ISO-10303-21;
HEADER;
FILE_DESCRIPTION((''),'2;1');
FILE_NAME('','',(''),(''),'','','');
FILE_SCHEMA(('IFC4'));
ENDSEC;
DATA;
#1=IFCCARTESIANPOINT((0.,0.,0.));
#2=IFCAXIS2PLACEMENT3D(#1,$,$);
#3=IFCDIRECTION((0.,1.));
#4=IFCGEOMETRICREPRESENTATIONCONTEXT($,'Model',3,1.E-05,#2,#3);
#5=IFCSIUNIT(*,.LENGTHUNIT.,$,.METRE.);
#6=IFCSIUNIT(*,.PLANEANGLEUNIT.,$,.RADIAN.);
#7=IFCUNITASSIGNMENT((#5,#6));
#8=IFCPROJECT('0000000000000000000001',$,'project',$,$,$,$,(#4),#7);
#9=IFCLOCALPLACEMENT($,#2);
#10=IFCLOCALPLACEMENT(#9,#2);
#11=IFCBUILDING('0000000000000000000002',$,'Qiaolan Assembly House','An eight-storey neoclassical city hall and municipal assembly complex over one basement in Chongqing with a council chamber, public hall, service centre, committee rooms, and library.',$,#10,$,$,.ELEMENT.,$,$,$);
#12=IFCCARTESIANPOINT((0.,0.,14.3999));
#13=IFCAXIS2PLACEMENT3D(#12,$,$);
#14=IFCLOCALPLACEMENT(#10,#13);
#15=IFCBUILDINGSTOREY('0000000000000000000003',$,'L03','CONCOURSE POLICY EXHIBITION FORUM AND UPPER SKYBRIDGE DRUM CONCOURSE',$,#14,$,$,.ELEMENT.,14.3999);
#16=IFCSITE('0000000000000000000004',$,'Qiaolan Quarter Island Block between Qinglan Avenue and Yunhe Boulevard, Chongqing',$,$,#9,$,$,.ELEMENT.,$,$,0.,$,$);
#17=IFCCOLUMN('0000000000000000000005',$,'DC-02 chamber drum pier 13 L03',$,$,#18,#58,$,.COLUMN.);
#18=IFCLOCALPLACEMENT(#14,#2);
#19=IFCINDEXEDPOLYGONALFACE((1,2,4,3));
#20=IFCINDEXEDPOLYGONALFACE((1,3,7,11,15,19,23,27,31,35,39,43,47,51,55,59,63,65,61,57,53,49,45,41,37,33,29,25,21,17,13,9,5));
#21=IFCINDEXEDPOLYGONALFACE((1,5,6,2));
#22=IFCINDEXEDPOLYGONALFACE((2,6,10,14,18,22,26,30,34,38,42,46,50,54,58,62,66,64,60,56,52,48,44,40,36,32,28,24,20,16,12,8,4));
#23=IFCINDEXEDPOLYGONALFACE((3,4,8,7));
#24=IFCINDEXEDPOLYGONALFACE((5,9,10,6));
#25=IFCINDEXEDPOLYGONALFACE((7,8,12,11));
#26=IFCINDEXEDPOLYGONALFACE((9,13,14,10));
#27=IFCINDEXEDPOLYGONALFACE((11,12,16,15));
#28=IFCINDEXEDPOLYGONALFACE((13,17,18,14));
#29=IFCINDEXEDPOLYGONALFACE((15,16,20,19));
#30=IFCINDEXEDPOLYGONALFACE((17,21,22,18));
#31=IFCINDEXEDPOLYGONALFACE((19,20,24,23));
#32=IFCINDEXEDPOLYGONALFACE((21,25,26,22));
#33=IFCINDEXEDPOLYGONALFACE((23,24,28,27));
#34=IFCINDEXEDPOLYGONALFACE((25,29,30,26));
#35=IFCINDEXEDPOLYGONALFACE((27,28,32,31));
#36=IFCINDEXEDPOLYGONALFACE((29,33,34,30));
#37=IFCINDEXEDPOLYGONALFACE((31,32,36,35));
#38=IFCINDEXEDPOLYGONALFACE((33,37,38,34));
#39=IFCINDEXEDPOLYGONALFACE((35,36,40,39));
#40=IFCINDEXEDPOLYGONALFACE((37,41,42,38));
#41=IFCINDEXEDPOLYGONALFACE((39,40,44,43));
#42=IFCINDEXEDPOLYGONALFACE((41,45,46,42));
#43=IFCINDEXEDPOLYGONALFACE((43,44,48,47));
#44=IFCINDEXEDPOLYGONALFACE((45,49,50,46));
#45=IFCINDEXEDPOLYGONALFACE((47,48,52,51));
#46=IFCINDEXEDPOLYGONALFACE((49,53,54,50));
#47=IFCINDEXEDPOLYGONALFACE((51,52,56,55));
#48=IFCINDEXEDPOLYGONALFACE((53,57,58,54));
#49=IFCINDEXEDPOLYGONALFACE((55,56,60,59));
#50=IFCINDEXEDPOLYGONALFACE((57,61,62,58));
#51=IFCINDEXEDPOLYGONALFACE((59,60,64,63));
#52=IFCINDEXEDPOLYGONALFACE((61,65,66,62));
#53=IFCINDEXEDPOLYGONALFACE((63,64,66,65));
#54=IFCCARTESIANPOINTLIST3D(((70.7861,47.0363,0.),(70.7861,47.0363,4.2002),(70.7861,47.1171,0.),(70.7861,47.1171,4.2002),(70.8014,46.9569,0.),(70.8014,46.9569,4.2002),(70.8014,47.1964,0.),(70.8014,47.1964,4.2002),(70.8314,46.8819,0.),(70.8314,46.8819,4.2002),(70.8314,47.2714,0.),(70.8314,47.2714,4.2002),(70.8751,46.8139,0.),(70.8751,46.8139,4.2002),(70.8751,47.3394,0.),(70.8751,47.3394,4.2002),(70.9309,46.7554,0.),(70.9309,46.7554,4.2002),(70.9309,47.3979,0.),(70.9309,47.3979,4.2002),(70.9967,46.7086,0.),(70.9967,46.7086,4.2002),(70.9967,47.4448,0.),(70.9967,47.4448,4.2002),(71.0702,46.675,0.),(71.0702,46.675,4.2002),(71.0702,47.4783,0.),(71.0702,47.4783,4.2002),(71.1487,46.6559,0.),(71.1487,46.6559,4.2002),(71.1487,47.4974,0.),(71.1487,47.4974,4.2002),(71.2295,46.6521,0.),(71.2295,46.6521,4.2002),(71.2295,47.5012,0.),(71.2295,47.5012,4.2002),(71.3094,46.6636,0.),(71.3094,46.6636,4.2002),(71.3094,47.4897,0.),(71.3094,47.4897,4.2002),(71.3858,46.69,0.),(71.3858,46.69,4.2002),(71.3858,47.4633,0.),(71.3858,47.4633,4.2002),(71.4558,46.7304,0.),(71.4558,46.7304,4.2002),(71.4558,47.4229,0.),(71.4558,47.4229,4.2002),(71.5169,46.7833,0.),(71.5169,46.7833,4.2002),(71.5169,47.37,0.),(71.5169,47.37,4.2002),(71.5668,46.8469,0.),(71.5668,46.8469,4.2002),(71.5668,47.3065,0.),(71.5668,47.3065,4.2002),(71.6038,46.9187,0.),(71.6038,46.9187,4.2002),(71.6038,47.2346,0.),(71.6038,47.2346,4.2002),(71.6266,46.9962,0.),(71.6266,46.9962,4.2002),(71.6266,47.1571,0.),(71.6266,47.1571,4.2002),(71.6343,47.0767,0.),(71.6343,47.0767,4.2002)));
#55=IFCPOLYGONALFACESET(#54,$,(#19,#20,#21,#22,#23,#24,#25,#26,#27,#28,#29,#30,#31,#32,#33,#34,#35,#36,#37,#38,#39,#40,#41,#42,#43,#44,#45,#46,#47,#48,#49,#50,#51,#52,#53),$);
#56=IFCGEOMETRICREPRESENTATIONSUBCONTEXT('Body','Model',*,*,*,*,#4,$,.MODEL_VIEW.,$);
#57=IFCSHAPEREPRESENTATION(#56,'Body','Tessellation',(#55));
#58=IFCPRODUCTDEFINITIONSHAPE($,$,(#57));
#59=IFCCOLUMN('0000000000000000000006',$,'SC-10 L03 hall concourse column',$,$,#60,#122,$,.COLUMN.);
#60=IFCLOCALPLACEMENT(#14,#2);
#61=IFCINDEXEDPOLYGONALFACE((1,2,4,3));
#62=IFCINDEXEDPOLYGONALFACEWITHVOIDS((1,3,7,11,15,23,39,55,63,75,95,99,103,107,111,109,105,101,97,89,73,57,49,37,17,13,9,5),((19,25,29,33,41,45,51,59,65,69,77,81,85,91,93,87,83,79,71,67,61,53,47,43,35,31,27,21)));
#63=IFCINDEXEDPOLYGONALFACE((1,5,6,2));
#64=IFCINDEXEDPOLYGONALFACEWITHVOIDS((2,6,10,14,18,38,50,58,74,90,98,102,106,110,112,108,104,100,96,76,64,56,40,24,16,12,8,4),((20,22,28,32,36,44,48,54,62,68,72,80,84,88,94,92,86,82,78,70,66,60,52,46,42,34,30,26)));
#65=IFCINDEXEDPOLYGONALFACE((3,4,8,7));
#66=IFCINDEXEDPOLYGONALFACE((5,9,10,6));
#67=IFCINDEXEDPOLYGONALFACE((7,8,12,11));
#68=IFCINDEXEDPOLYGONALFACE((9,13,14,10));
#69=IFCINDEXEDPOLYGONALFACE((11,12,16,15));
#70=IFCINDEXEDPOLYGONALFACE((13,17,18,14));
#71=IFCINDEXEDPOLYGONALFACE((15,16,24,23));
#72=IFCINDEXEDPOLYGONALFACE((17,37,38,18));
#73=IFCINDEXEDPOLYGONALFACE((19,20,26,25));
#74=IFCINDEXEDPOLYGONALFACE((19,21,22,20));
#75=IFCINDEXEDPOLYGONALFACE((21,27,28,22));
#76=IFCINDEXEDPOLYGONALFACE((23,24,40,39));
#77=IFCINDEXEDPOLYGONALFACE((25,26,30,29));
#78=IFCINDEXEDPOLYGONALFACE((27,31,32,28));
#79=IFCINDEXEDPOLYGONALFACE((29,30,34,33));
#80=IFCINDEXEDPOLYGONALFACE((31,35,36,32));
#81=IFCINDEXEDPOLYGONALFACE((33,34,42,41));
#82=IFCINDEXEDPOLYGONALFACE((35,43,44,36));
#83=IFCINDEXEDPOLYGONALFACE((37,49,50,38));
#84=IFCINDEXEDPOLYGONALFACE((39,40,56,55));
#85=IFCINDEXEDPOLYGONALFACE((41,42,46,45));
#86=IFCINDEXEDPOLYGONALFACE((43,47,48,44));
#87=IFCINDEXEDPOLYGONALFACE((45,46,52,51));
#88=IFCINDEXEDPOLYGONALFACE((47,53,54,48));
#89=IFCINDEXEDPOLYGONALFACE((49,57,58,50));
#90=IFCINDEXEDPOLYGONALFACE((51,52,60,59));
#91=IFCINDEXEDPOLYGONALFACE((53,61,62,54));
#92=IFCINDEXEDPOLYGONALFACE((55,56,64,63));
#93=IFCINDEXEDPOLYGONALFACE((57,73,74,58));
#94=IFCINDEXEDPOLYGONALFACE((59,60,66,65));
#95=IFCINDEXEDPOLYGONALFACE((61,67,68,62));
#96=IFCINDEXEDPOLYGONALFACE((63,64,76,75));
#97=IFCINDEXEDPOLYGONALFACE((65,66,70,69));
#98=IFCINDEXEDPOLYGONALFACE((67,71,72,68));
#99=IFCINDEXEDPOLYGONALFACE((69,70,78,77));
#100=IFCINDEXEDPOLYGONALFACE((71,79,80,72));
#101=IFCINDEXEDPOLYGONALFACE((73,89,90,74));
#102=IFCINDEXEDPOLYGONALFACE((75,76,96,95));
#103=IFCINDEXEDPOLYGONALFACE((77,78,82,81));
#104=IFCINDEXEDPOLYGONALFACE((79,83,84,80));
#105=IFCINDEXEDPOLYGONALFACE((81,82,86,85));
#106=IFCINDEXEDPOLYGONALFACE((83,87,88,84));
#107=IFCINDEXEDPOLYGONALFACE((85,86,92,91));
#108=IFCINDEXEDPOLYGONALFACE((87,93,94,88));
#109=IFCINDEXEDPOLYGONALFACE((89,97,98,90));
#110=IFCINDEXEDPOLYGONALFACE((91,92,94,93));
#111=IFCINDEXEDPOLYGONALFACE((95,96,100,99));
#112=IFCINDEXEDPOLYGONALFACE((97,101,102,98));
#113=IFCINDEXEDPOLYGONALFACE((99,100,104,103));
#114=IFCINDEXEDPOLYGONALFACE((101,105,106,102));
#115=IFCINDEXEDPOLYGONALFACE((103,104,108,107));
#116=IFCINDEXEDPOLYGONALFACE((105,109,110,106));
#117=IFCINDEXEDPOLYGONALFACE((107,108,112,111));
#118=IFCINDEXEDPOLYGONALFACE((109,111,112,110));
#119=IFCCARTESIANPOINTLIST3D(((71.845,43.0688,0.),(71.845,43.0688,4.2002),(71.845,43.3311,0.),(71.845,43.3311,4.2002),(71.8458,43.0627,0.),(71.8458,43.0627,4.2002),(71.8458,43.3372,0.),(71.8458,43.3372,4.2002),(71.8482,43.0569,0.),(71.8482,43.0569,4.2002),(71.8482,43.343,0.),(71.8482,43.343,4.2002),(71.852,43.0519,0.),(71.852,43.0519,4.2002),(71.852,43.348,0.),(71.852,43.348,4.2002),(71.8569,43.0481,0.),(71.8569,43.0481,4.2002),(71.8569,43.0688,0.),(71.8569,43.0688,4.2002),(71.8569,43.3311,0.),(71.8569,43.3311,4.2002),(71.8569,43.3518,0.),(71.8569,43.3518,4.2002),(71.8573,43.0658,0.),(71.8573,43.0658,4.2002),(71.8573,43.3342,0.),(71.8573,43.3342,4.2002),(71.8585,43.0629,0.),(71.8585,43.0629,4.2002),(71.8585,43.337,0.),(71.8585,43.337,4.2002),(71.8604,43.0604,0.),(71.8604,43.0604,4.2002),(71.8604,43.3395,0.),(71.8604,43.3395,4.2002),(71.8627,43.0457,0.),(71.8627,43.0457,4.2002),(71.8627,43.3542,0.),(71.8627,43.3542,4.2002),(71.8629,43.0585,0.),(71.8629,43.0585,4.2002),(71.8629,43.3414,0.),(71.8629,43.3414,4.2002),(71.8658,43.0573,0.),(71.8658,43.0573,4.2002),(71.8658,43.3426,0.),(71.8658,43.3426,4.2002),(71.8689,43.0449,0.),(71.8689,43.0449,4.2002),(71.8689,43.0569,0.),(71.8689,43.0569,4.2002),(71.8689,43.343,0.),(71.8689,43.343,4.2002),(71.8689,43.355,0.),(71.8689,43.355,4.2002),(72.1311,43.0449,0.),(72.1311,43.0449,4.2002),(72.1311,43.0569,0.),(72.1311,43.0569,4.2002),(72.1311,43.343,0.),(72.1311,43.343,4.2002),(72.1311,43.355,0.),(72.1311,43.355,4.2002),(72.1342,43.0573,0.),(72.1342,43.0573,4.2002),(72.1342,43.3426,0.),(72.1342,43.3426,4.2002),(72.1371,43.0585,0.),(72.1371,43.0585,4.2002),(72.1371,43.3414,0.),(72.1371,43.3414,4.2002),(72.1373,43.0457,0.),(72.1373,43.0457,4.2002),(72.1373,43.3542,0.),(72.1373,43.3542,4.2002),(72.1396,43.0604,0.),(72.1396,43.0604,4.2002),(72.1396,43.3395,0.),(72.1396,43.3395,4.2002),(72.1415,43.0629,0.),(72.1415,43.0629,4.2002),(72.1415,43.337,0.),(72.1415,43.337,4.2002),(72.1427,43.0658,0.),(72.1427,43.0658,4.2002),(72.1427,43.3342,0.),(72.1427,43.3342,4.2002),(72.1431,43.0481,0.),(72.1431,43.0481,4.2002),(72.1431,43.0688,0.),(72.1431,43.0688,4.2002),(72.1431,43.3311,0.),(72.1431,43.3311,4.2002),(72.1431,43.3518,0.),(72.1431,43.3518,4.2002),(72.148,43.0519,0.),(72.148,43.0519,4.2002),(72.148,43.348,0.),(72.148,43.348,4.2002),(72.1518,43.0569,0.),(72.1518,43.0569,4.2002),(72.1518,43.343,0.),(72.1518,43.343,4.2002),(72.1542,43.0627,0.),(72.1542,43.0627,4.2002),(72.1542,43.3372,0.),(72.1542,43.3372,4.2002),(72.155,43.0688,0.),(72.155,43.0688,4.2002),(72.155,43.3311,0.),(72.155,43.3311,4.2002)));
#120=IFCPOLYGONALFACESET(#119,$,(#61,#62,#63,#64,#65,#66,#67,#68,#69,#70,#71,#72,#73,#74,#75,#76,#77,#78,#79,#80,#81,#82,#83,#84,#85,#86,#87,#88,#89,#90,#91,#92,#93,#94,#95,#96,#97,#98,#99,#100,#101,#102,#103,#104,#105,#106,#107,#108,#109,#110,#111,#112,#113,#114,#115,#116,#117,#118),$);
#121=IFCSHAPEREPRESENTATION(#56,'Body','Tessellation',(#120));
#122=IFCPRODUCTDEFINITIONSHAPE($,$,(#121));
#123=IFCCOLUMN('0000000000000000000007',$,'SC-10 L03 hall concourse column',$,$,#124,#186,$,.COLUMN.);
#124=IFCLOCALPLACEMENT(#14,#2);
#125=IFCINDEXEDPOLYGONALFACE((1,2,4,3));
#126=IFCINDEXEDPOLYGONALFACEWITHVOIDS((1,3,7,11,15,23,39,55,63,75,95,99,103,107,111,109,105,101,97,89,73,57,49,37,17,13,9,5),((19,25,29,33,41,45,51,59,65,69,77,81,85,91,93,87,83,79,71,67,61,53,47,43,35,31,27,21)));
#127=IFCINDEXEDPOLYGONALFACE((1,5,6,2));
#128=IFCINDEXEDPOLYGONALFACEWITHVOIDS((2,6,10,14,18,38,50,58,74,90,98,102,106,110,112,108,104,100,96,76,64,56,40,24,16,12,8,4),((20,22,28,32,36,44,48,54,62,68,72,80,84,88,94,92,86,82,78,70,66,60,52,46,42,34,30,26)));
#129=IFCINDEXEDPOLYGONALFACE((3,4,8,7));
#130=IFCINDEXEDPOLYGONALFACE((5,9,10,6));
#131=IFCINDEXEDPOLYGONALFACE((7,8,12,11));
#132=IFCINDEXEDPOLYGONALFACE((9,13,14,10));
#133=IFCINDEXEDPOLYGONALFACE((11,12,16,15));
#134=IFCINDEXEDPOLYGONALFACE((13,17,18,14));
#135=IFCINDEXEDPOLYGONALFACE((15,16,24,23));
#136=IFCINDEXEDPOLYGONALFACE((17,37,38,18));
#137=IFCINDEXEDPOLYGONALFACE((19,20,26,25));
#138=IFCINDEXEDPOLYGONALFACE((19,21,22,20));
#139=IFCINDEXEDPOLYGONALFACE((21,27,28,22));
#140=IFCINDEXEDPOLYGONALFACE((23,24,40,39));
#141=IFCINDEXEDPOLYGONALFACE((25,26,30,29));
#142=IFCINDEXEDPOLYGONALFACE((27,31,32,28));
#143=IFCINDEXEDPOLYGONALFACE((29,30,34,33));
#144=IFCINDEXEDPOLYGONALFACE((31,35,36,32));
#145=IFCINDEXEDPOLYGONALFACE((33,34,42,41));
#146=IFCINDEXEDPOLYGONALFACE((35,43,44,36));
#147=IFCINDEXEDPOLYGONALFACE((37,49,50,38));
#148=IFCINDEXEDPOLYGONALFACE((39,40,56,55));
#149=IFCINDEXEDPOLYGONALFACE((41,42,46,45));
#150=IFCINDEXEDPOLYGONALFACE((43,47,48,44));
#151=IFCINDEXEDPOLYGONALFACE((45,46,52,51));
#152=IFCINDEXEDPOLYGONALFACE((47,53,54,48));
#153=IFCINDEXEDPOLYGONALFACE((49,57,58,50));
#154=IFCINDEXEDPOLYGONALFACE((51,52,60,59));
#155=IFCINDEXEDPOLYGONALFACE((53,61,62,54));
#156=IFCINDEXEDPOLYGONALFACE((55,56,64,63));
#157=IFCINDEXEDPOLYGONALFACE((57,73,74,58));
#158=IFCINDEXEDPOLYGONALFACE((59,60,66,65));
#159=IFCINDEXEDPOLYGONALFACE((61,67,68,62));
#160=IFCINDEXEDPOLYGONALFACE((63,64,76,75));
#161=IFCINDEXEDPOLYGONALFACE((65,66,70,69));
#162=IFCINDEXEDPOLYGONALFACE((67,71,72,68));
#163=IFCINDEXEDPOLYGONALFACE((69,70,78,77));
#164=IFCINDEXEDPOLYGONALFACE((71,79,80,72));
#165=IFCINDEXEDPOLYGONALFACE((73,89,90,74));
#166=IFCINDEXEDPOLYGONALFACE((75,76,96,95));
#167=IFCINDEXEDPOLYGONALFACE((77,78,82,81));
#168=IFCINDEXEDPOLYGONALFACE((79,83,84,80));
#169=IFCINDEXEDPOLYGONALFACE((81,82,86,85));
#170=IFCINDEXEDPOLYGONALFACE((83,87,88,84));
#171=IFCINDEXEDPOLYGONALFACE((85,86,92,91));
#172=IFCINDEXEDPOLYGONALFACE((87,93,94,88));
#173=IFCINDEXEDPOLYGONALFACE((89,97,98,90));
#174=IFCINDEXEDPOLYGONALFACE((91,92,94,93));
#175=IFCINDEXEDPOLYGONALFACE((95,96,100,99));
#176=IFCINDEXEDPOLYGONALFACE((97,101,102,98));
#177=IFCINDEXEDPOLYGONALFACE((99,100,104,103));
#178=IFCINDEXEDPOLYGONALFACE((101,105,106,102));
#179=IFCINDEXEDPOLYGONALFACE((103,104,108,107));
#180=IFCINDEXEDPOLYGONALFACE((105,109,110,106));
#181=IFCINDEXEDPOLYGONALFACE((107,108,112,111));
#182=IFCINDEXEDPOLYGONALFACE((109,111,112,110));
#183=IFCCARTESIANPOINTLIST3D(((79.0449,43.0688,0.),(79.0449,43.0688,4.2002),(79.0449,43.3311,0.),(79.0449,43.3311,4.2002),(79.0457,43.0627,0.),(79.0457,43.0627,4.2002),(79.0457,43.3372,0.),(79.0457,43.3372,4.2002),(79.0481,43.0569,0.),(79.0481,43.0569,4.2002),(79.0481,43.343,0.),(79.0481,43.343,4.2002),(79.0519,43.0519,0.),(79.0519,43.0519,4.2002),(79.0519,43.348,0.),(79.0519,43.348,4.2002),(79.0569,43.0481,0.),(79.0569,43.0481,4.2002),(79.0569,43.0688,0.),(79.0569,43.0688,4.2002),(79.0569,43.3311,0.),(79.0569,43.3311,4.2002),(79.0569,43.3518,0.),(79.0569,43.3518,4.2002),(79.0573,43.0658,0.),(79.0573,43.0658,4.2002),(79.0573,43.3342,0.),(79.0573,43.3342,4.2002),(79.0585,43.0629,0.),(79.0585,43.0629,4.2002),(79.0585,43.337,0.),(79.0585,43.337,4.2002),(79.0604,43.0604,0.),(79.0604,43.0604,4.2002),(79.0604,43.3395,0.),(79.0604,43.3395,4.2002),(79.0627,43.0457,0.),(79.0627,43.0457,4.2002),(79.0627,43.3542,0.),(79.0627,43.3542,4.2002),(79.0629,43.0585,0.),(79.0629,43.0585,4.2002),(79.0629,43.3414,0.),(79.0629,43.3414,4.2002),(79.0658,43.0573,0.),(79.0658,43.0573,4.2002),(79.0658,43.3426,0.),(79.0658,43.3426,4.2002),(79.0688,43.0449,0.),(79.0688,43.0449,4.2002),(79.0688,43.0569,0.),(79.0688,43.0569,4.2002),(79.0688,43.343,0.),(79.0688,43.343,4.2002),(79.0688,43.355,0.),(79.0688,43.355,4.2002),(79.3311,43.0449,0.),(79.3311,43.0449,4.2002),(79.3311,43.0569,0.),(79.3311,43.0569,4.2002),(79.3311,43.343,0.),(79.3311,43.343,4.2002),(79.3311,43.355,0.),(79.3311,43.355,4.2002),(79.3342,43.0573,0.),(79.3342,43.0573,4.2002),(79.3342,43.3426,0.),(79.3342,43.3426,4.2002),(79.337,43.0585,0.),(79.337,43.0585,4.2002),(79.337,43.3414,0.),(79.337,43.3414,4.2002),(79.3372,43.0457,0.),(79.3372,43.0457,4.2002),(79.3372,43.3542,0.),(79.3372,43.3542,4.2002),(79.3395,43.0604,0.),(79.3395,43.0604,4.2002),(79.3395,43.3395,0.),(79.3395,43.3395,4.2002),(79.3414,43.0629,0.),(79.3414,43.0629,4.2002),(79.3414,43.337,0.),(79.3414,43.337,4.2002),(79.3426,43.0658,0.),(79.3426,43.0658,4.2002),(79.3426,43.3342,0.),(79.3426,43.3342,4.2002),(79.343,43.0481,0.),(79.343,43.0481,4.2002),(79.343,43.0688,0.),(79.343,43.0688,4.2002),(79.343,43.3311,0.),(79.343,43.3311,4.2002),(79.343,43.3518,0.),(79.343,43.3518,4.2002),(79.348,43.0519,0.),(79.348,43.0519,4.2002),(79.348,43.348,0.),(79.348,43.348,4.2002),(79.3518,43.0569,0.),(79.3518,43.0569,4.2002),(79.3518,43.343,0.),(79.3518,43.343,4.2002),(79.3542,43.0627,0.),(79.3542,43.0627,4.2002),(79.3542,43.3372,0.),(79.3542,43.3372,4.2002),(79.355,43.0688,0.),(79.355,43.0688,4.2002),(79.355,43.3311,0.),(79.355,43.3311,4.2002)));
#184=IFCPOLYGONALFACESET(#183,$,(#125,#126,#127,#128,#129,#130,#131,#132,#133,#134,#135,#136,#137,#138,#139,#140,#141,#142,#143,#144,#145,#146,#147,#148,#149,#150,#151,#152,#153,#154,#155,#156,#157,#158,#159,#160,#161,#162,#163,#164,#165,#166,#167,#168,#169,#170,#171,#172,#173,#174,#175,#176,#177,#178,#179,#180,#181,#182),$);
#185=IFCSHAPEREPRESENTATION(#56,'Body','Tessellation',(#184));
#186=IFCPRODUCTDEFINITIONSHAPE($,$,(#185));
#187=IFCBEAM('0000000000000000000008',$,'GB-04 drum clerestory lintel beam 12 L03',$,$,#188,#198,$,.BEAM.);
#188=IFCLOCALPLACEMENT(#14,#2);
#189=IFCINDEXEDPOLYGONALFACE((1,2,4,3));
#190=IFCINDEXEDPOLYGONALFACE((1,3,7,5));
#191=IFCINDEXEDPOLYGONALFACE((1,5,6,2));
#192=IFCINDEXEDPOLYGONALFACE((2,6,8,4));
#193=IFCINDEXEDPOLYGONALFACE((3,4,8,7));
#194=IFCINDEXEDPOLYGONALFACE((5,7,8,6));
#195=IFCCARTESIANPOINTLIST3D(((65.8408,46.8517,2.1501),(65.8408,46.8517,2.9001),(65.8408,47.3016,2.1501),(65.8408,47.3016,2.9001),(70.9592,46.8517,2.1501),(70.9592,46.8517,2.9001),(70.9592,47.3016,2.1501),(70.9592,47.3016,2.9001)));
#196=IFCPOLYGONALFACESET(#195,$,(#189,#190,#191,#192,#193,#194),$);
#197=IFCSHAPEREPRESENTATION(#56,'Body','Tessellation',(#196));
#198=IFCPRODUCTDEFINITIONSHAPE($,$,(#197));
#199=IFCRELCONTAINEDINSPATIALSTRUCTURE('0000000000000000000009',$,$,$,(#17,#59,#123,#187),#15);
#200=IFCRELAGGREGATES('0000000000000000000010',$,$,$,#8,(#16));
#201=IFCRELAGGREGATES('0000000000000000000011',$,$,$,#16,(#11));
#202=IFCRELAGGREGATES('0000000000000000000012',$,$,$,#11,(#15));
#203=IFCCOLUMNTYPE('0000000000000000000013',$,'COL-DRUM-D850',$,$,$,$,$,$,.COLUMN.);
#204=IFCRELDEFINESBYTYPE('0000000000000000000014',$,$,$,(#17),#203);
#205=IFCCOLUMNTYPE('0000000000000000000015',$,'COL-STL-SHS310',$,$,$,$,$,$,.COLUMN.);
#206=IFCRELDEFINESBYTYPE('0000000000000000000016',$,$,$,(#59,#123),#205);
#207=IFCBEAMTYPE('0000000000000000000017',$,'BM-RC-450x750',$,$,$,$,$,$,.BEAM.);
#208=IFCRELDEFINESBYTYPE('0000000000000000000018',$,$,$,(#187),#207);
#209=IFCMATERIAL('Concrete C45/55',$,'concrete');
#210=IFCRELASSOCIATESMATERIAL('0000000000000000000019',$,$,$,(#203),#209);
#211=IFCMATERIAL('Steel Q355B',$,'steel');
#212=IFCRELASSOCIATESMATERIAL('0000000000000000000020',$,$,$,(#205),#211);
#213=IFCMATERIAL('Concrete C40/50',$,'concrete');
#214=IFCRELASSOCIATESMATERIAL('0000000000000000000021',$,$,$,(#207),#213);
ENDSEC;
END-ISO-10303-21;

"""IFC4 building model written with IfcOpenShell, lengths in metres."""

from ifc_helpers import new_model, si_unit, direction, frame, origin, origin_2d, place, context, subcontext, project, spatial, rectangle, hollow_rectangle, circle, extrude, material, material_profile, profile_set, type_object, element, save


model = new_model("IFC4")

# Units and contexts
model_context = context("Model", 3, precision=1e-05, world=origin(), true_north=direction((0.0, 1.0)))
body_context = subcontext(model_context, "Body", "Model", "MODEL_VIEW")
ifc_project = project(units=[si_unit("LENGTHUNIT", "METRE"), si_unit("PLANEANGLEUNIT", "RADIAN")], contexts=[model_context])

# Site, building, storey
site_placement = place(None, origin())
site = spatial("IfcSite", under=ifc_project, at=site_placement, Name="Qiaolan Quarter Island Block between Qinglan Avenue and Yunhe Boulevard, Chongqing", CompositionType="ELEMENT", RefElevation=0.0)
building_placement = place(site_placement, origin())
building = spatial("IfcBuilding", under=site, at=building_placement, Name="Qiaolan Assembly House", Description="An eight-storey neoclassical city hall and municipal assembly complex over one basement in Chongqing with a council chamber, public hall, service centre, committee rooms, and library.", CompositionType="ELEMENT")
storey_placement = place(building_placement, frame((0.0, 0.0, 14.3999)))
storey = spatial("IfcBuildingStorey", under=building, at=storey_placement, Name="L03", Description="CONCOURSE POLICY EXHIBITION FORUM AND UPPER SKYBRIDGE DRUM CONCOURSE", CompositionType="ELEMENT", Elevation=14.3999)

# Columns
ifc_material_1 = material(Name="Concrete C45/55", Category="concrete")
ifc_material_profile_1 = material_profile(ifc_material_1, circle(Radius=0.425, at=origin_2d()), Name="CIRC D850")
ifc_profile_set_1 = profile_set([ifc_material_profile_1], Name="Concrete C45/55")
column_type_1 = type_object("IfcColumnType", Name="COL-DRUM-D850", PredefinedType="COLUMN", material=ifc_profile_set_1)
column_placement = place(storey_placement, frame((71.2092, 47.0767, 0.0), z_axis=(0.0, 0.0, 1.0), x_axis=(1.0, 0.0, 0.0)))
element("IfcColumn", 1, at=column_placement, inside=storey, type_object=column_type_1, Name="DC-02 chamber drum pier 13 L03", PredefinedType="COLUMN", context=body_context, shape_type="SweptSolid", body=[
    extrude(circle(Radius=0.425, at=origin_2d()), origin(), (0.0, 0.0, 1.0), 4.2002),
])
ifc_material_2 = material(Name="Steel Q355B", Category="steel")
ifc_material_profile_2 = material_profile(ifc_material_2, hollow_rectangle(XDim=0.3101, YDim=0.3101, WallThickness=0.012, InnerFilletRadius=0.012, OuterFilletRadius=0.0239, at=origin_2d()), Name="SHS 310x310x12")
ifc_profile_set_2 = profile_set([ifc_material_profile_2], Name="Steel Q355B")
column_type_2 = type_object("IfcColumnType", Name="COL-STL-SHS310", PredefinedType="COLUMN", material=ifc_profile_set_2)
for number, where, z_axis, x_axis, name in (
    (2, (72.0, 43.2, 0.0), (0.0, 0.0, 1.0), (1.0, 0.0, 0.0), "SC-10 L03 hall concourse column"),
    (3, (79.2, 43.2, 0.0), (0.0, 0.0, 1.0), (1.0, 0.0, 0.0), "SC-10 L03 hall concourse column"),
):
    element("IfcColumn", number, at=place(storey_placement, frame(where, z_axis=z_axis, x_axis=x_axis)), inside=storey, type_object=column_type_2, Name=name, PredefinedType="COLUMN", context=body_context, shape_type="SweptSolid", body=[
        extrude(hollow_rectangle(XDim=0.3101, YDim=0.3101, WallThickness=0.012, InnerFilletRadius=0.012, OuterFilletRadius=0.0239, at=origin_2d()), origin(), (0.0, 0.0, 1.0), 4.2002),
    ])

# Beam
ifc_material_3 = material(Name="Concrete C40/50", Category="concrete")
ifc_material_profile_3 = material_profile(ifc_material_3, rectangle(XDim=0.45, YDim=0.75, at=origin_2d()), Name="RCB 450x750")
ifc_profile_set_3 = profile_set([ifc_material_profile_3], Name="Concrete C40/50")
beam_type_1 = type_object("IfcBeamType", Name="BM-RC-450x750", PredefinedType="BEAM", material=ifc_profile_set_3)
beam_1_placement = place(storey_placement, frame((70.9592, 47.0767, 2.5251), z_axis=(-1.0, 0.0, 0.0), x_axis=(0.0, -1.0, 0.0)))
element("IfcBeam", 4, at=beam_1_placement, inside=storey, type_object=beam_type_1, Name="GB-04 drum clerestory lintel beam 12 L03", PredefinedType="BEAM", context=body_context, shape_type="SweptSolid", body=[
    extrude(rectangle(XDim=0.45, YDim=0.75, at=origin_2d()), origin(), (0.0, 0.0, 1.0), 5.1184),
])

save(model, "model.ifc")
